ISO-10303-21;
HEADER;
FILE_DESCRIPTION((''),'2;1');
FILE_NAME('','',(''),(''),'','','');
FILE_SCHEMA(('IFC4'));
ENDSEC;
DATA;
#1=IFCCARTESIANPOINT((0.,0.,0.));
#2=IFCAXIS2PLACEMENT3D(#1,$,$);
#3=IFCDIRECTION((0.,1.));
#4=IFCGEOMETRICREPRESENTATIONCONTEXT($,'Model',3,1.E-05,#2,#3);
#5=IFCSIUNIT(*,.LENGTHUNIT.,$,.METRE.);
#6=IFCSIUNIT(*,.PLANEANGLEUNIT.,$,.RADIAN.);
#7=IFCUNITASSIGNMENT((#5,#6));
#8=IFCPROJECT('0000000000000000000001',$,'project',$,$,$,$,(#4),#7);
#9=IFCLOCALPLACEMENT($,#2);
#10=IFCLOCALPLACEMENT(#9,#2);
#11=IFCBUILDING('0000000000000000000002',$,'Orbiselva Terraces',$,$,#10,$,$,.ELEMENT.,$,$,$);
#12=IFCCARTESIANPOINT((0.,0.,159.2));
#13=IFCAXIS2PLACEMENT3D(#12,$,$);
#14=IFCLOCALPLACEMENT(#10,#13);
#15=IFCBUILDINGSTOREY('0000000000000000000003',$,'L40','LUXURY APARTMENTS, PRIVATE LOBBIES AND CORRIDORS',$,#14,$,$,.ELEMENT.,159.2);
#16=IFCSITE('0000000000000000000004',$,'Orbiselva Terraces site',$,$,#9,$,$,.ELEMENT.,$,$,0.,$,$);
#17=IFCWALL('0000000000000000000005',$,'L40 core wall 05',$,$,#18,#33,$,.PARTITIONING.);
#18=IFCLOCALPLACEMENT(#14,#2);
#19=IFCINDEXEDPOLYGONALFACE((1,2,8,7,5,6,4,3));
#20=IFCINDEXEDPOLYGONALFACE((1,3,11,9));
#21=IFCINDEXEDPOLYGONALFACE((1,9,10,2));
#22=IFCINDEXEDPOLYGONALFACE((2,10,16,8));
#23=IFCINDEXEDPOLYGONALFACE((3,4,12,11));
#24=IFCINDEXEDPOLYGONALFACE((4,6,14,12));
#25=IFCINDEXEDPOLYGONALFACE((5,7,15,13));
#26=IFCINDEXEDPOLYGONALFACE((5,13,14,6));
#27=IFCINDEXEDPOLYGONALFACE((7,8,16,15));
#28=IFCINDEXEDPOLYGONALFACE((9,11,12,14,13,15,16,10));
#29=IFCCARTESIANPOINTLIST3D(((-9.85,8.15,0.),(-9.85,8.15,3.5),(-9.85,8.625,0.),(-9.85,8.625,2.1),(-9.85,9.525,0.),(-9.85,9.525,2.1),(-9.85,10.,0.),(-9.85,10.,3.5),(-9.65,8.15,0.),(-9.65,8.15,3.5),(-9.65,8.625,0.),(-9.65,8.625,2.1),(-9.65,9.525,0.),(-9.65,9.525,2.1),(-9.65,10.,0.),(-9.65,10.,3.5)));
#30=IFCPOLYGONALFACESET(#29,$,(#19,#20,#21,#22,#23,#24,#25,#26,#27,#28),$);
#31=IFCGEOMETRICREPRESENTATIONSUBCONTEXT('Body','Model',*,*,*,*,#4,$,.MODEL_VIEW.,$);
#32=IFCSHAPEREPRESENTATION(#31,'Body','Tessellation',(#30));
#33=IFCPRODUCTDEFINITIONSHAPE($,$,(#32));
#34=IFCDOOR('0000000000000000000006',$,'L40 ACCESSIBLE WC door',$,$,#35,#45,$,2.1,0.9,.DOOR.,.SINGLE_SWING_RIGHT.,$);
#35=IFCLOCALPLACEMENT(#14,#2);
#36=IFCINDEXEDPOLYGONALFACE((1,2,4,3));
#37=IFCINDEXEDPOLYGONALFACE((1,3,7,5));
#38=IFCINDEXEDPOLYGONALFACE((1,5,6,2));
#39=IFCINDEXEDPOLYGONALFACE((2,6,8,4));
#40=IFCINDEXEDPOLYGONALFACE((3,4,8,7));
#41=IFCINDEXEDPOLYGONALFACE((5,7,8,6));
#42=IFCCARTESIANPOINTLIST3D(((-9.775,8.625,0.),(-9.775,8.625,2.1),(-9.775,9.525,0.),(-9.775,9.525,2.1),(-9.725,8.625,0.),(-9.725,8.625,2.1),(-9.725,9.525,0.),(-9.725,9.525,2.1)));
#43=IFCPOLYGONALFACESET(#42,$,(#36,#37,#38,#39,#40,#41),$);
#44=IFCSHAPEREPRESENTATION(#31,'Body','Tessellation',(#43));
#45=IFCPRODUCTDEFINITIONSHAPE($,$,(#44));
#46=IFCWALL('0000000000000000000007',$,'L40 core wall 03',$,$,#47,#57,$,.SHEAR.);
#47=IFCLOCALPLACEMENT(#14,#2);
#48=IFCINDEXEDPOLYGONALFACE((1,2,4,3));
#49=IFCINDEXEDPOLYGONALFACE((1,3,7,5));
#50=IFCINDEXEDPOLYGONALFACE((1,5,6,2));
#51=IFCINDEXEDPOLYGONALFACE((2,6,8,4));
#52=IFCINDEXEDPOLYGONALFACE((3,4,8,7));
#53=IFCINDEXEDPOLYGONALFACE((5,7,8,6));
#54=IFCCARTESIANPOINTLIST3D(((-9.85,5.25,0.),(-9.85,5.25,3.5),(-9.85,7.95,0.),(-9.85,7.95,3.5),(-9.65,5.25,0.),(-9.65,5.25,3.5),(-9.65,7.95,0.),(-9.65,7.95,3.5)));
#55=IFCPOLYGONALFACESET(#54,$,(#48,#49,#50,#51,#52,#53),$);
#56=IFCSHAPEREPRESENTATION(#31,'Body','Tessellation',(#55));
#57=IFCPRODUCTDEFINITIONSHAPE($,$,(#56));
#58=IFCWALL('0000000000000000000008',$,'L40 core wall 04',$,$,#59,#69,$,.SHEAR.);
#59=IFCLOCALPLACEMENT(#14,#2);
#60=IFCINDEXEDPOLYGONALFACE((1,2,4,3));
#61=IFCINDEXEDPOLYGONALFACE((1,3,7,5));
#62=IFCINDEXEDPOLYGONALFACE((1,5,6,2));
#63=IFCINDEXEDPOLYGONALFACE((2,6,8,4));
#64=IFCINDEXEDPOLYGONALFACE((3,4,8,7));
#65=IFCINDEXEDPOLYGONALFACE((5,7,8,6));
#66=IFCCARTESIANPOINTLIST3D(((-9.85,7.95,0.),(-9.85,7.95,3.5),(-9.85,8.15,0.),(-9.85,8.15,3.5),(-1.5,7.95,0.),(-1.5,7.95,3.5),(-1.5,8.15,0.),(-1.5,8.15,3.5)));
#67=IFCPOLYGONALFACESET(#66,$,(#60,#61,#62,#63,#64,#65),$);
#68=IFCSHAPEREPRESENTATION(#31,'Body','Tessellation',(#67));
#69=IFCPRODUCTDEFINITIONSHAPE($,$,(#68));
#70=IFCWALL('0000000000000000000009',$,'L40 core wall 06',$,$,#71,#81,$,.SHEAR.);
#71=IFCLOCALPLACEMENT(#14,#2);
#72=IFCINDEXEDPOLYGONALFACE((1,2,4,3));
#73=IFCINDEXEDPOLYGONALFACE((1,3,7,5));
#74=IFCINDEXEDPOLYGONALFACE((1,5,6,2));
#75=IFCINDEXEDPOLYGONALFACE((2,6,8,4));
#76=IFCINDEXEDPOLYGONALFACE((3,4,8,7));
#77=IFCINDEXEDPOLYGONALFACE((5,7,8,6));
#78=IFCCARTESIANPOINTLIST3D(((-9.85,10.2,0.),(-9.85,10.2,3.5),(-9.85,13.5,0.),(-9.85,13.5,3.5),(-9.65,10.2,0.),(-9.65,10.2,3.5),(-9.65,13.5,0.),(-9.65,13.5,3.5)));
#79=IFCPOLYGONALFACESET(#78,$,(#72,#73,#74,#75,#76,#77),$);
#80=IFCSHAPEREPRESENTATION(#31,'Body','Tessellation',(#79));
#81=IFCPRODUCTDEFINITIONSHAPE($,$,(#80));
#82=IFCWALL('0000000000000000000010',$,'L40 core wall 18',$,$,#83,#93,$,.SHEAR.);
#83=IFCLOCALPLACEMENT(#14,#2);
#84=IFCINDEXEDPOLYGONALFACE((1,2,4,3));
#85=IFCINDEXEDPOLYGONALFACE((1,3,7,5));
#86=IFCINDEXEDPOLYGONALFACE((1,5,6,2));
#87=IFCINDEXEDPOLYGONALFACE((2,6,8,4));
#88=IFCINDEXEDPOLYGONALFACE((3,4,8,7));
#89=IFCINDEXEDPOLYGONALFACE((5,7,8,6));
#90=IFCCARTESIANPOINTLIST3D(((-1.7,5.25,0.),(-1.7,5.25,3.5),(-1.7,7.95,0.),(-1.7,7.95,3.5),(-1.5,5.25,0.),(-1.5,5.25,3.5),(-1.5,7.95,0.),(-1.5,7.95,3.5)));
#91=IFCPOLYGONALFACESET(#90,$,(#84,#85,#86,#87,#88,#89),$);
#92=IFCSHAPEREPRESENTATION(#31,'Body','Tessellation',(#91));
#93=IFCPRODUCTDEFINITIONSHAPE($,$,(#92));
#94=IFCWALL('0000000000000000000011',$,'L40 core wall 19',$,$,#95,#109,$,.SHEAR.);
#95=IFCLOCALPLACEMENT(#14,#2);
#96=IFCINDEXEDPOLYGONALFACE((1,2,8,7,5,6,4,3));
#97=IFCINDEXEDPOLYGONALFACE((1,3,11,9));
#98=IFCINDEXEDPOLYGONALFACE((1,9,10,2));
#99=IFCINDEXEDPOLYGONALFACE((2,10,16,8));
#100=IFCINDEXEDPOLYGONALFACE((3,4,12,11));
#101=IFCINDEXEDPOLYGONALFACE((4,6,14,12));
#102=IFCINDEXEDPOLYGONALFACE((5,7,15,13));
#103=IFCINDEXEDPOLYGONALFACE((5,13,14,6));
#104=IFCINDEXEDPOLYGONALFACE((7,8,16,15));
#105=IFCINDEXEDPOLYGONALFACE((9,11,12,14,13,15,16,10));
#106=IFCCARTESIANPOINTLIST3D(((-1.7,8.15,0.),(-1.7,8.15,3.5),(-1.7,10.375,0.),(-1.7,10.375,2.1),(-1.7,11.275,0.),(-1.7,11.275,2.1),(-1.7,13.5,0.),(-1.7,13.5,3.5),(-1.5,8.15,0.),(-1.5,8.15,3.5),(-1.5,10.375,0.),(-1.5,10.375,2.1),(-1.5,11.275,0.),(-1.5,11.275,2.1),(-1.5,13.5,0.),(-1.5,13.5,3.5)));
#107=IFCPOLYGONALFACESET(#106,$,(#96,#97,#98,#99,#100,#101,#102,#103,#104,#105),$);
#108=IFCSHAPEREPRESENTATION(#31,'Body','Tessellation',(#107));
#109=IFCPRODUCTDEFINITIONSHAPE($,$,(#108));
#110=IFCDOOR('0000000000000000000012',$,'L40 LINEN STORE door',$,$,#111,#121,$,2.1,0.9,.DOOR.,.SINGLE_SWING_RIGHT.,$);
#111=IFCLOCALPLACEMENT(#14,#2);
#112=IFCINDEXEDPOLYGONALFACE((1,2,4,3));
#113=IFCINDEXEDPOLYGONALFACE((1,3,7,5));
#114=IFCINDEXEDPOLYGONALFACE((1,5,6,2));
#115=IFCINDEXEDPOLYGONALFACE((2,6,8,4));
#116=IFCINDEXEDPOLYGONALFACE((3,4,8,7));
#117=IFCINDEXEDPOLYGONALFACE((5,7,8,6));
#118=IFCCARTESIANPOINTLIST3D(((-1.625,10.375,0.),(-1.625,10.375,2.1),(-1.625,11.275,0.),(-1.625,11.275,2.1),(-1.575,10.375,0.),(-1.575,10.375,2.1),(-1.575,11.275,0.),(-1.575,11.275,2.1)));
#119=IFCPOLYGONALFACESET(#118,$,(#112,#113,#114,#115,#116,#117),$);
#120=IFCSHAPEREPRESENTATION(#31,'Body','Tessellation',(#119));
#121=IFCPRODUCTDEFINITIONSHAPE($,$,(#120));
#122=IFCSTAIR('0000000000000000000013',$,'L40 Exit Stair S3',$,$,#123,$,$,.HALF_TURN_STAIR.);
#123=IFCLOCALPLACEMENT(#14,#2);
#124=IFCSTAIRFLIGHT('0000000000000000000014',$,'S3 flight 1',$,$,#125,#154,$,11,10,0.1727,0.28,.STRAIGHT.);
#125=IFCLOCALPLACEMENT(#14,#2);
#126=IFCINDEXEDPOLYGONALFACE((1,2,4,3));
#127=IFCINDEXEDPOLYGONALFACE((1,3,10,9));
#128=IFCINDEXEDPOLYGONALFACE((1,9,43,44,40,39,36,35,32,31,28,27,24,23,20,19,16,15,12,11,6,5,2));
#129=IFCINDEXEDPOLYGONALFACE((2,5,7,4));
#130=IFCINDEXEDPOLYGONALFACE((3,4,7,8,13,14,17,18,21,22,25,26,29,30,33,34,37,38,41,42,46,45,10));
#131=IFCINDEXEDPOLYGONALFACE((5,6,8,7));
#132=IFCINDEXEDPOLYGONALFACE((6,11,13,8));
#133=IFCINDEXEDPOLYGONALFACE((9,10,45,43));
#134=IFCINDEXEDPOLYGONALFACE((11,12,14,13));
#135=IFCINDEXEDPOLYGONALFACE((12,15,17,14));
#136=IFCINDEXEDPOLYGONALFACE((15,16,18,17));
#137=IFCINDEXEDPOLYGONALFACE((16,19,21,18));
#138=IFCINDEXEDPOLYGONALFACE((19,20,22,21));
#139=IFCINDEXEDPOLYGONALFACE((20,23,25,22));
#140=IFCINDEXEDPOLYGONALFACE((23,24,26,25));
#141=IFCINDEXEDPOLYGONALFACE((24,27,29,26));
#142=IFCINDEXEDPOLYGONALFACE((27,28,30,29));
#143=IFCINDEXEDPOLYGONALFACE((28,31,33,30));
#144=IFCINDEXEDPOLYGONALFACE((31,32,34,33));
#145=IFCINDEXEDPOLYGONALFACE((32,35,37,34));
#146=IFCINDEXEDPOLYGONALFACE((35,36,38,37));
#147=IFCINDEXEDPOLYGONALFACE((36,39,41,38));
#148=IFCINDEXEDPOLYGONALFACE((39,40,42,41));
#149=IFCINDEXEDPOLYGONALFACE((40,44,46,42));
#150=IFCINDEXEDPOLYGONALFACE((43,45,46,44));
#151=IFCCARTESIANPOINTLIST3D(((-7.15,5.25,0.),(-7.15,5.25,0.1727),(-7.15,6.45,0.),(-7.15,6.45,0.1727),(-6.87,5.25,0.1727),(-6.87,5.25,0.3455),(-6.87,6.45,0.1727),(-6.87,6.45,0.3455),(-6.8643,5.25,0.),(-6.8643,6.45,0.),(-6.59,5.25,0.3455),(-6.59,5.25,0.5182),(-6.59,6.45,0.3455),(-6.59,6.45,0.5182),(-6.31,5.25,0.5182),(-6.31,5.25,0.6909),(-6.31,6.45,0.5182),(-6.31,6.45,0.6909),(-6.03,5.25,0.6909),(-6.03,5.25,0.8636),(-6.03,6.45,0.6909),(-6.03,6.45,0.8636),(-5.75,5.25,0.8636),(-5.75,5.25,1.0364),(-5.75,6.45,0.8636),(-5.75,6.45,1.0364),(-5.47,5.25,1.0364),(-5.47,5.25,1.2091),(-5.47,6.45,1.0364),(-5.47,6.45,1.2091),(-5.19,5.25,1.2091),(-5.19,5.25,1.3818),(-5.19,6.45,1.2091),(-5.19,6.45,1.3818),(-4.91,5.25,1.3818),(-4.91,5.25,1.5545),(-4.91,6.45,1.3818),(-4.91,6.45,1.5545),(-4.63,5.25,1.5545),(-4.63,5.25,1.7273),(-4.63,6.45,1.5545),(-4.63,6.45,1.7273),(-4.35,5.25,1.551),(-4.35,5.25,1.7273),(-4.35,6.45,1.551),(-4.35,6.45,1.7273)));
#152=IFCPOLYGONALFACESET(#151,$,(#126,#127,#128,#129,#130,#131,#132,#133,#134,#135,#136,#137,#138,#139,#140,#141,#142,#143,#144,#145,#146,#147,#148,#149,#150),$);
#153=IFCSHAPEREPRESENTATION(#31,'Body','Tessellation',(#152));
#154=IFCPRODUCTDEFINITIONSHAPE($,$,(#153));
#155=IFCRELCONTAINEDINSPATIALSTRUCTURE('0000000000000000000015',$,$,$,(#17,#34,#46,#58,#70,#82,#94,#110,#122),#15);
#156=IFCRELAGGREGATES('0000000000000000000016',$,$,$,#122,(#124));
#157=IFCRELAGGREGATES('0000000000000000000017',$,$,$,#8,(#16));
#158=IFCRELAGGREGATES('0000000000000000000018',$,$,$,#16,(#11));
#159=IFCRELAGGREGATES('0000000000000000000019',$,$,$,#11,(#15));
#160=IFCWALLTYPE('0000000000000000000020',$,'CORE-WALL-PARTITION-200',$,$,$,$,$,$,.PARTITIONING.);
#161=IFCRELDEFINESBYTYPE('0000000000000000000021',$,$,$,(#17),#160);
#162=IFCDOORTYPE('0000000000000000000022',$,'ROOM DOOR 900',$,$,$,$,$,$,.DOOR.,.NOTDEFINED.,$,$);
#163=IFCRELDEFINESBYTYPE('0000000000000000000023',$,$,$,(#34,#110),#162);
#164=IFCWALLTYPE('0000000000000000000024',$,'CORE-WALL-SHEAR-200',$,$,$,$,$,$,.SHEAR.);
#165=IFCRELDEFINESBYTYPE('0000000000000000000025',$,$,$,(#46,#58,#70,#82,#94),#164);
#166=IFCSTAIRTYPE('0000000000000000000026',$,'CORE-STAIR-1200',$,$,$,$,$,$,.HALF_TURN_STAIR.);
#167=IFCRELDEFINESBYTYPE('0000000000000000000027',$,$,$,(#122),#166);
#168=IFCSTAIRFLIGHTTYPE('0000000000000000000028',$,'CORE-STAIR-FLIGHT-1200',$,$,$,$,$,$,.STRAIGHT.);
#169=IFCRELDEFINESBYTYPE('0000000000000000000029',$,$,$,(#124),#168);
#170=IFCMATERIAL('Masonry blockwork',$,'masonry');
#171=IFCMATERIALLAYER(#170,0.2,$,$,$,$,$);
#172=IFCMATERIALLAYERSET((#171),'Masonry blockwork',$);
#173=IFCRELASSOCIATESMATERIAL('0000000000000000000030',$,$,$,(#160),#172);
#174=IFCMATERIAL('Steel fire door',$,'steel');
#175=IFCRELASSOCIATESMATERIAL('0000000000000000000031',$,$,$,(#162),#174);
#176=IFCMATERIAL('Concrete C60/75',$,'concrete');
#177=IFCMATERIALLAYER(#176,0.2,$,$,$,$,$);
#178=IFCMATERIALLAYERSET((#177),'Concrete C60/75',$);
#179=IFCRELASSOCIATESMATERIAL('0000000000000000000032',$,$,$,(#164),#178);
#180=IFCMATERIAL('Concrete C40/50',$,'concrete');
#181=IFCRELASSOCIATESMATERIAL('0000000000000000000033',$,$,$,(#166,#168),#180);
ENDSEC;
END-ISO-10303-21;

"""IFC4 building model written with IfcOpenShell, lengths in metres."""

from ifc_helpers import new_model, si_unit, direction, frame, frame_2d, origin, place, context, subcontext, project, spatial, polyline, rectangle, outline, extrude, material, layer, layer_set, type_object, element, fill, aggregate, save


model = new_model("IFC4")

# Units and contexts
model_context = context("Model", 3, precision=1e-05, world=origin(), true_north=direction((0.0, 1.0)))
body_context = subcontext(model_context, "Body", "Model", "MODEL_VIEW")
ifc_project = project(units=[si_unit("LENGTHUNIT", "METRE"), si_unit("PLANEANGLEUNIT", "RADIAN")], contexts=[model_context])

# Site, building, storey
site_placement = place(None, origin())
site = spatial("IfcSite", under=ifc_project, at=site_placement, Name="Orbiselva Terraces site", CompositionType="ELEMENT", RefElevation=0.0)
building_placement = place(site_placement, origin())
building = spatial("IfcBuilding", under=site, at=building_placement, Name="Orbiselva Terraces", CompositionType="ELEMENT")
storey_placement = place(building_placement, frame((0.0, 0.0, 159.2)))
storey = spatial("IfcBuildingStorey", under=building, at=storey_placement, Name="L40", Description="LUXURY APARTMENTS, PRIVATE LOBBIES AND CORRIDORS", CompositionType="ELEMENT", Elevation=159.2)

# Wall, opening, door
ifc_material_1 = material(Name="Masonry blockwork", Category="masonry")
ifc_layer_1 = layer(ifc_material_1, 0.2)
ifc_layer_set_1 = layer_set([ifc_layer_1], Name="Masonry blockwork")
wall_type_1 = type_object("IfcWallType", Name="CORE-WALL-PARTITION-200", PredefinedType="PARTITIONING", material=ifc_layer_set_1)
wall_1_placement = place(storey_placement, frame((-9.75, 8.15, 0.0), z_axis=(0.0, 0.0, 1.0), x_axis=(0.0, 1.0, 0.0)))
wall_1 = element("IfcWall", 1, at=wall_1_placement, inside=storey, type_object=wall_type_1, Name="L40 core wall 05", PredefinedType="PARTITIONING", context=body_context, shape_type="SweptSolid", body=[
    extrude(rectangle(XDim=1.85, YDim=0.2, at=frame_2d((0.925, 0.0))), origin(), (0.0, 0.0, 1.0), 3.5),
])
opening_1_placement = place(wall_1_placement, frame((0.475, 0.0, 0.0)))
opening_1 = element("IfcOpeningElement", 2, at=opening_1_placement, cuts=wall_1, PredefinedType="OPENING", context=body_context, shape_type="SweptSolid", body=[
    extrude(rectangle(XDim=0.9, YDim=2.1, at=frame_2d((0.45, 1.05))), frame((0.0, 0.11, 0.0), z_axis=(0.0, -1.0, 0.0), x_axis=(1.0, 0.0, 0.0)), (0.0, 0.0, 1.0), 0.22),
])
ifc_material_2 = material(Name="Steel fire door", Category="steel")
door_type = type_object("IfcDoorType", Name="ROOM DOOR 900", OperationType="NOTDEFINED", PredefinedType="DOOR", material=ifc_material_2)
door_1_placement = place(opening_1_placement, origin())
door_1 = element("IfcDoor", 3, at=door_1_placement, inside=storey, type_object=door_type, Name="L40 ACCESSIBLE WC door", OperationType="SINGLE_SWING_RIGHT", OverallHeight=2.1, OverallWidth=0.9, PredefinedType="DOOR", context=body_context, shape_type="SweptSolid", body=[
    extrude(rectangle(XDim=0.9, YDim=2.1, at=frame_2d((0.45, 1.05))), frame((0.0, 0.025, 0.0), z_axis=(0.0, -1.0, 0.0), x_axis=(1.0, 0.0, 0.0)), (0.0, 0.0, 1.0), 0.05),
])
fill(opening_1, door_1)

# Walls
ifc_material_3 = material(Name="Concrete C60/75", Category="concrete")
ifc_layer_2 = layer(ifc_material_3, 0.2)
ifc_layer_set_2 = layer_set([ifc_layer_2], Name="Concrete C60/75")
wall_type_2 = type_object("IfcWallType", Name="CORE-WALL-SHEAR-200", PredefinedType="SHEAR", material=ifc_layer_set_2)
wall_2_placement = place(storey_placement, frame((-9.75, 5.25, 0.0), z_axis=(0.0, 0.0, 1.0), x_axis=(0.0, 1.0, 0.0)))
element("IfcWall", 4, at=wall_2_placement, inside=storey, type_object=wall_type_2, Name="L40 core wall 03", PredefinedType="SHEAR", context=body_context, shape_type="SweptSolid", body=[
    extrude(rectangle(XDim=2.7, YDim=0.2, at=frame_2d((1.35, 0.0))), origin(), (0.0, 0.0, 1.0), 3.5),
])
wall_3_placement = place(storey_placement, frame((-9.85, 8.05, 0.0), z_axis=(0.0, 0.0, 1.0), x_axis=(1.0, 0.0, 0.0)))
element("IfcWall", 5, at=wall_3_placement, inside=storey, type_object=wall_type_2, Name="L40 core wall 04", PredefinedType="SHEAR", context=body_context, shape_type="SweptSolid", body=[
    extrude(rectangle(XDim=8.35, YDim=0.2, at=frame_2d((4.175, 0.0))), origin(), (0.0, 0.0, 1.0), 3.5),
])
wall_4_placement = place(storey_placement, frame((-9.75, 10.2, 0.0), z_axis=(0.0, 0.0, 1.0), x_axis=(0.0, 1.0, 0.0)))
element("IfcWall", 6, at=wall_4_placement, inside=storey, type_object=wall_type_2, Name="L40 core wall 06", PredefinedType="SHEAR", context=body_context, shape_type="SweptSolid", body=[
    extrude(rectangle(XDim=3.3, YDim=0.2, at=frame_2d((1.65, 0.0))), origin(), (0.0, 0.0, 1.0), 3.5),
])
wall_5_placement = place(storey_placement, frame((-1.6, 5.25, 0.0), z_axis=(0.0, 0.0, 1.0), x_axis=(0.0, 1.0, 0.0)))
element("IfcWall", 7, at=wall_5_placement, inside=storey, type_object=wall_type_2, Name="L40 core wall 18", PredefinedType="SHEAR", context=body_context, shape_type="SweptSolid", body=[
    extrude(rectangle(XDim=2.7, YDim=0.2, at=frame_2d((1.35, 0.0))), origin(), (0.0, 0.0, 1.0), 3.5),
])

# Wall, opening, door
wall_6_placement = place(storey_placement, frame((-1.6, 8.15, 0.0), z_axis=(0.0, 0.0, 1.0), x_axis=(0.0, 1.0, 0.0)))
wall_6 = element("IfcWall", 8, at=wall_6_placement, inside=storey, type_object=wall_type_2, Name="L40 core wall 19", PredefinedType="SHEAR", context=body_context, shape_type="SweptSolid", body=[
    extrude(rectangle(XDim=5.35, YDim=0.2, at=frame_2d((2.675, 0.0))), origin(), (0.0, 0.0, 1.0), 3.5),
])
opening_2_placement = place(wall_6_placement, frame((2.225, 0.0, 0.0)))
opening_2 = element("IfcOpeningElement", 9, at=opening_2_placement, cuts=wall_6, PredefinedType="OPENING", context=body_context, shape_type="SweptSolid", body=[
    extrude(rectangle(XDim=0.9, YDim=2.1, at=frame_2d((0.45, 1.05))), frame((0.0, 0.11, 0.0), z_axis=(0.0, -1.0, 0.0), x_axis=(1.0, 0.0, 0.0)), (0.0, 0.0, 1.0), 0.22),
])
door_2_placement = place(opening_2_placement, origin())
door_2 = element("IfcDoor", 10, at=door_2_placement, inside=storey, type_object=door_type, Name="L40 LINEN STORE door", OperationType="SINGLE_SWING_RIGHT", OverallHeight=2.1, OverallWidth=0.9, PredefinedType="DOOR", context=body_context, shape_type="SweptSolid", body=[
    extrude(rectangle(XDim=0.9, YDim=2.1, at=frame_2d((0.45, 1.05))), frame((0.0, 0.025, 0.0), z_axis=(0.0, -1.0, 0.0), x_axis=(1.0, 0.0, 0.0)), (0.0, 0.0, 1.0), 0.05),
])
fill(opening_2, door_2)

# Stair, stair flight
ifc_material_4 = material(Name="Concrete C40/50", Category="concrete")
stair_type_1 = type_object("IfcStairType", Name="CORE-STAIR-1200", PredefinedType="HALF_TURN_STAIR", material=ifc_material_4)
stair_1_placement = place(storey_placement, origin())
stair_1 = element("IfcStair", 11, at=stair_1_placement, inside=storey, type_object=stair_type_1, Name="L40 Exit Stair S3", PredefinedType="HALF_TURN_STAIR")
stair_flight_type_1 = type_object("IfcStairFlightType", Name="CORE-STAIR-FLIGHT-1200", PredefinedType="STRAIGHT", material=ifc_material_4)
stair_flight_1_placement = place(storey_placement, frame((-7.15, 5.85, 0.0), z_axis=(0.0, 0.0, 1.0), x_axis=(1.0, 0.0, 0.0)))
stair_flight_1 = element("IfcStairFlight", 12, at=stair_flight_1_placement, type_object=stair_flight_type_1, Name="S3 flight 1", NumberOfRisers=11, NumberOfTreads=10, PredefinedType="STRAIGHT", RiserHeight=0.1727, TreadLength=0.28, context=body_context, shape_type="SweptSolid", body=[
    extrude(outline(polyline([(0.0, 0.0), (0.0, 0.1727), (0.28, 0.1727), (0.28, 0.3455), (0.56, 0.3455), (0.56, 0.5182), (0.84, 0.5182), (0.84, 0.6909), (1.12, 0.6909), (1.12, 0.8636), (1.4, 0.8636), (1.4, 1.0364), (1.68, 1.0364), (1.68, 1.2091), (1.96, 1.2091), (1.96, 1.3818), (2.24, 1.3818), (2.24, 1.5545), (2.52, 1.5545), (2.52, 1.7273), (2.8, 1.7273), (2.8, 1.9), (2.8, 1.551), (0.2857, 0.0), (0.0, 0.0)])), frame((0.0, 0.6, 0.0), z_axis=(0.0, -1.0, 0.0), x_axis=(1.0, 0.0, 0.0)), (0.0, 0.0, 1.0), 1.2),
])
aggregate(stair_1, [stair_flight_1])

save(model, "model.ifc")
